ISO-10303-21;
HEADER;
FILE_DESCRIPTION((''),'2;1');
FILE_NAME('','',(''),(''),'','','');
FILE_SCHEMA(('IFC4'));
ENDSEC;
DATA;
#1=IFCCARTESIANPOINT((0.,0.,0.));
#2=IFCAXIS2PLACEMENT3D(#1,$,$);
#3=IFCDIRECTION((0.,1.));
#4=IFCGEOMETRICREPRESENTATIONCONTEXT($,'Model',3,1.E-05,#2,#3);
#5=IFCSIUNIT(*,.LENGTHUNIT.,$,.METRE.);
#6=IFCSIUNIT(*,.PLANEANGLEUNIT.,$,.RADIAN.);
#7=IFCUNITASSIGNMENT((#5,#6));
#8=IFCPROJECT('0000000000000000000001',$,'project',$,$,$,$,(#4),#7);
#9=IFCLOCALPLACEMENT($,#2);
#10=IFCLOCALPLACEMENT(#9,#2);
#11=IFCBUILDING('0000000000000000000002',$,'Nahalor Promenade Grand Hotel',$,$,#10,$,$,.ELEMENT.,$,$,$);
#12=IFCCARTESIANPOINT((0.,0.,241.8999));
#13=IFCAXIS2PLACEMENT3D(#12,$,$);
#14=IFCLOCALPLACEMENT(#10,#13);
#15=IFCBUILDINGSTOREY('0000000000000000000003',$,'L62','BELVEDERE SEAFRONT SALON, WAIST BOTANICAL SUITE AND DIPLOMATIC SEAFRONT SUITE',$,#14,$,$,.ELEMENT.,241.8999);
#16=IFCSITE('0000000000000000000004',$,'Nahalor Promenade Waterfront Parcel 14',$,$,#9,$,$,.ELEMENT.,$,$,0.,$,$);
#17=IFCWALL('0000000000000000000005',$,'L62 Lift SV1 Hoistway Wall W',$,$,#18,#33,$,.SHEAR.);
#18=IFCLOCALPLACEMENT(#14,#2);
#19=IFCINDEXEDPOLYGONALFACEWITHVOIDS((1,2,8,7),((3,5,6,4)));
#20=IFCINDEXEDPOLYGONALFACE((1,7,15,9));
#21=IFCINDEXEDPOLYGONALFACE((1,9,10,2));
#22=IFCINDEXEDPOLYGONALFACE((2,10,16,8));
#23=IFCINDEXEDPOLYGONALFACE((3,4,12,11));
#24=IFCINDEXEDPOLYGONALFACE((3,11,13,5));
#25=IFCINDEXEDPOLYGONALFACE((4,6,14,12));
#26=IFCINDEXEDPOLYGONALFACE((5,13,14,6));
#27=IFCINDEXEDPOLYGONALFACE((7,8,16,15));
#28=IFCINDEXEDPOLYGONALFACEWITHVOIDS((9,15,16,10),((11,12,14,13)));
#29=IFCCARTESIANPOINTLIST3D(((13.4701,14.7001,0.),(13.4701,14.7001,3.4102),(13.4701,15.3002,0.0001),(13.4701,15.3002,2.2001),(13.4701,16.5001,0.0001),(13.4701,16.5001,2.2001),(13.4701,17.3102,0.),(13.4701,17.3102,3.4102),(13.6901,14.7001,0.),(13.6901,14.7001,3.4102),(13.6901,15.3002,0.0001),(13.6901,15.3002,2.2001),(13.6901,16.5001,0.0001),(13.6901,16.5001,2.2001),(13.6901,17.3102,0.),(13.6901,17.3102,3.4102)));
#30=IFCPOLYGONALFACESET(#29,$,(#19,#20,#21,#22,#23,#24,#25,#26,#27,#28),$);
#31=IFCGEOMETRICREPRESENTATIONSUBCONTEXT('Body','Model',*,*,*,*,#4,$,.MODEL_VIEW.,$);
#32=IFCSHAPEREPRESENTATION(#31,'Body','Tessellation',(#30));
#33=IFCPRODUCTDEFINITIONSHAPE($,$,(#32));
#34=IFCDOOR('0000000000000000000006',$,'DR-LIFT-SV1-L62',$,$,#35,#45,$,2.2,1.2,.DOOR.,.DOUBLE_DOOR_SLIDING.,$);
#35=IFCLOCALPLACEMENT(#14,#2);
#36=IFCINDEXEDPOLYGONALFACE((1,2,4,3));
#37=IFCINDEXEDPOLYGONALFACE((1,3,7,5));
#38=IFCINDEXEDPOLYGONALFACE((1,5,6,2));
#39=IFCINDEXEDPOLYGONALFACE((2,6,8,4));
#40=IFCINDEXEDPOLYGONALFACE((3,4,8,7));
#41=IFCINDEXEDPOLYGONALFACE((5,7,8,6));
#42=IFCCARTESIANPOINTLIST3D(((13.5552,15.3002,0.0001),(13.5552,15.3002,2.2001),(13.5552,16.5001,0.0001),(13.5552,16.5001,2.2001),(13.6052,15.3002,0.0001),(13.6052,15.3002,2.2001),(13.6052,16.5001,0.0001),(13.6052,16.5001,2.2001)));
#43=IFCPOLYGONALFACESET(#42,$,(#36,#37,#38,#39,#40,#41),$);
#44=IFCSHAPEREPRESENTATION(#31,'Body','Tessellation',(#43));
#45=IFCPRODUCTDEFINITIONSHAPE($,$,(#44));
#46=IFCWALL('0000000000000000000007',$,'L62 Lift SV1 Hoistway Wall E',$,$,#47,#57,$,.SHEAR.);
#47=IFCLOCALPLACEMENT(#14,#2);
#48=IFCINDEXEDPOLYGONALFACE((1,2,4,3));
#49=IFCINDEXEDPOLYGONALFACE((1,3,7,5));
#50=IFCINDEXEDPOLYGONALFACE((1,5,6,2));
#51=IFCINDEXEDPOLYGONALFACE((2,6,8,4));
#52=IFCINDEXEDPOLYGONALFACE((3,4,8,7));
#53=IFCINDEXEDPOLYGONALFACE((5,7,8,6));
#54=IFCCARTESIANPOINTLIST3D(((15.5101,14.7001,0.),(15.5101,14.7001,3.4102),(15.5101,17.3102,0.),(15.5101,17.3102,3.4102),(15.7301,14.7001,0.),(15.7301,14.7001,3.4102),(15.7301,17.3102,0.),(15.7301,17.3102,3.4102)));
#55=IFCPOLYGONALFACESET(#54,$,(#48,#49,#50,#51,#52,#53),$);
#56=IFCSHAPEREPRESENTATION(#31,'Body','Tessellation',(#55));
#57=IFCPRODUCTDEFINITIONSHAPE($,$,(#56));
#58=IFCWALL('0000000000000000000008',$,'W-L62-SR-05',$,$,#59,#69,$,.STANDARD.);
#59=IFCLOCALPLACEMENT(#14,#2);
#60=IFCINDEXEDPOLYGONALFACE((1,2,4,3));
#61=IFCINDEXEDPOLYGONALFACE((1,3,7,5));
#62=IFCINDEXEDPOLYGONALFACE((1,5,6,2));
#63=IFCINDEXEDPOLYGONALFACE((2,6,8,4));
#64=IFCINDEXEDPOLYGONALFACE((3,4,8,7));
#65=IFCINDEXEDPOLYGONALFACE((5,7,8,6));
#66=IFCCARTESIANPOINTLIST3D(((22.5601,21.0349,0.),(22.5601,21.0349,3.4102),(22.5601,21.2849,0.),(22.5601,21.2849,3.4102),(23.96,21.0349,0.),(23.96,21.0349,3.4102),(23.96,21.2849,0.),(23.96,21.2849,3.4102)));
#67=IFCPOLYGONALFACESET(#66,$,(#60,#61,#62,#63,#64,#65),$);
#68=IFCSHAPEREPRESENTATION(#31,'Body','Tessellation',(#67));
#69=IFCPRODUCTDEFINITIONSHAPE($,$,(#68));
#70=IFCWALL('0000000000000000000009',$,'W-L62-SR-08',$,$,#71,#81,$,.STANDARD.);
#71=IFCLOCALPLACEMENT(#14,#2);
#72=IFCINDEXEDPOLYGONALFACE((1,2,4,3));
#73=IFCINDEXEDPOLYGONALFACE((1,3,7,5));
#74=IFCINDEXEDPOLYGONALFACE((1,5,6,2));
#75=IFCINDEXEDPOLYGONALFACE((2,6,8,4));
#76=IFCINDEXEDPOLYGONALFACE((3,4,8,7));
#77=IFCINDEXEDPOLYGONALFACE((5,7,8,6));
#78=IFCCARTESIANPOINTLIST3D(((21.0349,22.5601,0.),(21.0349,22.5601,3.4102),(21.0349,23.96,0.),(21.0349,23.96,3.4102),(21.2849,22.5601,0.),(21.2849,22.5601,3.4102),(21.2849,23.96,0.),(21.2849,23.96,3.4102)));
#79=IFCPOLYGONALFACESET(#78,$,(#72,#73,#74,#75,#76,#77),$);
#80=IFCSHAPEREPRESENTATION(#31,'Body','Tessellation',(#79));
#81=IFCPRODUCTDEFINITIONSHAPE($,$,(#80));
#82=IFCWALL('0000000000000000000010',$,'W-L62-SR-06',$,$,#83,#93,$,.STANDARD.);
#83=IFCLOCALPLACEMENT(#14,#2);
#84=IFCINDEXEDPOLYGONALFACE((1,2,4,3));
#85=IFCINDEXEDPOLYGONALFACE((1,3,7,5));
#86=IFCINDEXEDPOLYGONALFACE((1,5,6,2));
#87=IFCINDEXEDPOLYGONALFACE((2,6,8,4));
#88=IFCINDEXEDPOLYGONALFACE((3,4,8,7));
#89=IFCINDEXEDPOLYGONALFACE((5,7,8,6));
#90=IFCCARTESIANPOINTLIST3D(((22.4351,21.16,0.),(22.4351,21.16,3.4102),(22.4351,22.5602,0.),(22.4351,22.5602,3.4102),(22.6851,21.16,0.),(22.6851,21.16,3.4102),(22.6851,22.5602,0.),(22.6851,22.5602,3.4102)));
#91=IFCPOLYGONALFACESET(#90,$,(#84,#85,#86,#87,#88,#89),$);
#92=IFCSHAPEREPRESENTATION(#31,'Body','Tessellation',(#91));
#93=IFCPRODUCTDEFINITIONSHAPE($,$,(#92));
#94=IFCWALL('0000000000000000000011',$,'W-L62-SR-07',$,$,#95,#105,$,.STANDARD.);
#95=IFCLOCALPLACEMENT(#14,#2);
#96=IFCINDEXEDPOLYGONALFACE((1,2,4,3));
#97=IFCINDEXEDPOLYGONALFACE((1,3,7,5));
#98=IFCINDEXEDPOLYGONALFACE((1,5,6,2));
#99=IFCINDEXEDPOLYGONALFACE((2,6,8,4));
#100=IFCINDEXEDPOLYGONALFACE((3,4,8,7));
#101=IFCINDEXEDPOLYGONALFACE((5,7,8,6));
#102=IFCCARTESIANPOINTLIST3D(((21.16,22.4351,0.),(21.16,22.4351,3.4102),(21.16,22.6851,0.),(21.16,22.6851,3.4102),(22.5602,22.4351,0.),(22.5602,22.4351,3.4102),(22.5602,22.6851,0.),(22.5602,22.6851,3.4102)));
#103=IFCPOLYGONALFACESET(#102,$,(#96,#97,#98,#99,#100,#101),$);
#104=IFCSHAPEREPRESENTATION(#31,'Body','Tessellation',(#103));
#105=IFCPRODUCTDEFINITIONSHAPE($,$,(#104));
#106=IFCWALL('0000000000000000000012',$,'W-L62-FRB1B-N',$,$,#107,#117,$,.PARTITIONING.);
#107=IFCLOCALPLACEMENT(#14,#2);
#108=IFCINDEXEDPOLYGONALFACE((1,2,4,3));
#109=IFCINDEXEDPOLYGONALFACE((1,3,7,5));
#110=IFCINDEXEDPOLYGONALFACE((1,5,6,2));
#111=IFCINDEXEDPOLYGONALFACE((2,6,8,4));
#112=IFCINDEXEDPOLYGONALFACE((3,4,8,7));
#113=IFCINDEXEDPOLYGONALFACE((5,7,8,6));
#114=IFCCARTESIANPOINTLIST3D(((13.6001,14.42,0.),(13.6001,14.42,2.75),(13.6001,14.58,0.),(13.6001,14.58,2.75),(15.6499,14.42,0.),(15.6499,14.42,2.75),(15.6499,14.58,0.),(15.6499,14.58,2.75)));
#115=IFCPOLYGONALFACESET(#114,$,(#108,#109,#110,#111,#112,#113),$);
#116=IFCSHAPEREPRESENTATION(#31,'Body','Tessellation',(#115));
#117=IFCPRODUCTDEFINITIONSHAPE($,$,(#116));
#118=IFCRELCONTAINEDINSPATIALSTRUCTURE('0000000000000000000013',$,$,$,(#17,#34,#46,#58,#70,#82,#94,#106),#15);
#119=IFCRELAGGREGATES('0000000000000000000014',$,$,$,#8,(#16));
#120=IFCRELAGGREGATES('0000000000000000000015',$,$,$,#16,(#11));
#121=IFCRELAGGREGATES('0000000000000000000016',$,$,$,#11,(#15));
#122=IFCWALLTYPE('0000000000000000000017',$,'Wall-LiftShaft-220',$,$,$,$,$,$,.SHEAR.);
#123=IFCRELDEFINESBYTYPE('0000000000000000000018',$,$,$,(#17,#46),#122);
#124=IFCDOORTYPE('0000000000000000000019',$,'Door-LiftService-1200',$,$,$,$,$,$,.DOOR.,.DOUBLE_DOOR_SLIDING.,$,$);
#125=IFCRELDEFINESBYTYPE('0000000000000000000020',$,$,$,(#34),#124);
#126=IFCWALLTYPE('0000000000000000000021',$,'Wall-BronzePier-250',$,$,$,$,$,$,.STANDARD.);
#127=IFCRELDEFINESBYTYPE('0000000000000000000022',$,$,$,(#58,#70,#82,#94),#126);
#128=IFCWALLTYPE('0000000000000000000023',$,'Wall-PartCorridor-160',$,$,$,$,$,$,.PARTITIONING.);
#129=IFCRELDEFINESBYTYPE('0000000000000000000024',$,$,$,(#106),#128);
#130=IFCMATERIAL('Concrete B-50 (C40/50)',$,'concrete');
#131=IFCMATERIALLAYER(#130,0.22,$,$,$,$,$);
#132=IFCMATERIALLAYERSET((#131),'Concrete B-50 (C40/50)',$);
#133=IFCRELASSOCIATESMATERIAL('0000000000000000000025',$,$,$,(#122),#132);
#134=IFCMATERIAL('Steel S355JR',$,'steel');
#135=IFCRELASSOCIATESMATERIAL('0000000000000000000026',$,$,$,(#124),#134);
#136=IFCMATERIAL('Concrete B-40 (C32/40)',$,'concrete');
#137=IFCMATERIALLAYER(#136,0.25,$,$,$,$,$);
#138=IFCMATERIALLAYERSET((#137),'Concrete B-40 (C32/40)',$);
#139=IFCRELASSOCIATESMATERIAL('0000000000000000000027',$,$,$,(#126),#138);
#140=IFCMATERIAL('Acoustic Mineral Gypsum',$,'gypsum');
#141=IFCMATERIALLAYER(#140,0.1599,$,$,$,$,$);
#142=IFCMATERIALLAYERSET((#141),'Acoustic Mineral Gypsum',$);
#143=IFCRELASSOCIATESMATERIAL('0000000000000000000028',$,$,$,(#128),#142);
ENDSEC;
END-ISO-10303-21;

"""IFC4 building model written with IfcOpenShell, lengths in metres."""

from ifc_helpers import new_model, si_unit, direction, frame, frame_2d, origin, place, context, subcontext, project, spatial, rectangle, extrude, source, transform, mapped, material, layer, layer_set, type_object, element, fill, save


model = new_model("IFC4")

# Units and contexts
model_context = context("Model", 3, precision=1e-05, world=origin(), true_north=direction((0.0, 1.0)))
body_context = subcontext(model_context, "Body", "Model", "MODEL_VIEW")
ifc_project = project(units=[si_unit("LENGTHUNIT", "METRE"), si_unit("PLANEANGLEUNIT", "RADIAN")], contexts=[model_context])

# Site, building, storey
site_placement = place(None, origin())
site = spatial("IfcSite", under=ifc_project, at=site_placement, Name="Nahalor Promenade Waterfront Parcel 14", CompositionType="ELEMENT", RefElevation=0.0)
building_placement = place(site_placement, origin())
building = spatial("IfcBuilding", under=site, at=building_placement, Name="Nahalor Promenade Grand Hotel", CompositionType="ELEMENT")
storey_placement = place(building_placement, frame((0.0, 0.0, 241.8999)))
storey = spatial("IfcBuildingStorey", under=building, at=storey_placement, Name="L62", Description="BELVEDERE SEAFRONT SALON, WAIST BOTANICAL SUITE AND DIPLOMATIC SEAFRONT SUITE", CompositionType="ELEMENT", Elevation=241.8999)

# Shared definitions
ifc_material_1 = material(Name="Steel S355JR", Category="steel")

# Shared definitions
ifc_material_2 = material(Name="Concrete B-50 (C40/50)", Category="concrete")
ifc_layer_1 = layer(ifc_material_2, 0.22)
ifc_layer_set_1 = layer_set([ifc_layer_1], Name="Concrete B-50 (C40/50)")
wall_type_1 = type_object("IfcWallType", Name="Wall-LiftShaft-220", PredefinedType="SHEAR", material=ifc_layer_set_1)

# Wall, opening, door
shared_shape_1 = source(origin(), body_context, "Body", "SweptSolid", [
    extrude(rectangle(XDim=2.6101, YDim=0.22, at=frame_2d((1.3052, 0.0))), origin(), (0.0, 0.0, 1.0), 3.4102),
])
wall_1_placement = place(storey_placement, frame((13.5801, 14.7, 0.0), z_axis=(0.0, 0.0, 1.0), x_axis=(0.0, 1.0, 0.0)))
wall_1 = element("IfcWall", 1, at=wall_1_placement, inside=storey, type_object=wall_type_1, Name="L62 Lift SV1 Hoistway Wall W", PredefinedType="SHEAR", context=body_context, shape_type="MappedRepresentation", body=[
    mapped(shared_shape_1, transform((0.0, 0.0, 0.0), scale=1.0)),
])
opening_placement = place(wall_1_placement, frame((0.6001, 0.0, 0.0)))
opening = element("IfcOpeningElement", 2, at=opening_placement, cuts=wall_1, PredefinedType="OPENING", context=body_context, shape_type="SweptSolid", body=[
    extrude(rectangle(XDim=1.2, YDim=2.2, at=frame_2d((0.6001, 1.1001))), frame((0.0, 0.1199, 0.0), z_axis=(0.0, -1.0, 0.0), x_axis=(1.0, 0.0, 0.0)), (0.0, 0.0, 1.0), 0.24),
])
door_type = type_object("IfcDoorType", Name="Door-LiftService-1200", OperationType="DOUBLE_DOOR_SLIDING", PredefinedType="DOOR", material=ifc_material_1)
shared_shape_2 = source(origin(), body_context, "Body", "SweptSolid", [
    extrude(rectangle(XDim=1.2, YDim=2.2, at=frame_2d((0.6001, 1.1001))), frame((0.0, 0.0249, 0.0), z_axis=(0.0, -1.0, 0.0), x_axis=(1.0, 0.0, 0.0)), (0.0, 0.0, 1.0), 0.05),
])
door_placement = place(opening_placement, origin())
door = element("IfcDoor", 3, at=door_placement, inside=storey, type_object=door_type, Name="DR-LIFT-SV1-L62", OperationType="DOUBLE_DOOR_SLIDING", OverallHeight=2.2, OverallWidth=1.2, PredefinedType="DOOR", context=body_context, shape_type="MappedRepresentation", body=[
    mapped(shared_shape_2, transform((0.0, 0.0, 0.0), scale=1.0)),
])
fill(opening, door)

# Walls
wall_2_placement = place(storey_placement, frame((15.6201, 14.7, 0.0), z_axis=(0.0, 0.0, 1.0), x_axis=(0.0, 1.0, 0.0)))
element("IfcWall", 4, at=wall_2_placement, inside=storey, type_object=wall_type_1, Name="L62 Lift SV1 Hoistway Wall E", PredefinedType="SHEAR", context=body_context, shape_type="MappedRepresentation", body=[
    mapped(shared_shape_1, transform((0.0, 0.0, 0.0), scale=1.0)),
])
ifc_material_3 = material(Name="Concrete B-40 (C32/40)", Category="concrete")
ifc_layer_2 = layer(ifc_material_3, 0.25)
ifc_layer_set_2 = layer_set([ifc_layer_2], Name="Concrete B-40 (C32/40)")
wall_type_2 = type_object("IfcWallType", Name="Wall-BronzePier-250", PredefinedType="STANDARD", material=ifc_layer_set_2)
shared_shape_3 = source(origin(), body_context, "Body", "SweptSolid", [
    extrude(rectangle(XDim=1.3999, YDim=0.25, at=frame_2d((0.7, 0.0))), origin(), (0.0, 0.0, 1.0), 3.4102),
])
for number, where, z_axis, x_axis, name in (
    (5, (22.5601, 21.1599, 0.0), (0.0, 0.0, 1.0), (1.0, 0.0, 0.0), "W-L62-SR-05"),
    (6, (21.1599, 22.5601, 0.0), (0.0, 0.0, 1.0), (0.0, 1.0, 0.0), "W-L62-SR-08"),
):
    element("IfcWall", number, at=place(storey_placement, frame(where, z_axis=z_axis, x_axis=x_axis)), inside=storey, type_object=wall_type_2, Name=name, PredefinedType="STANDARD", context=body_context, shape_type="MappedRepresentation", body=[
        mapped(shared_shape_3, transform((0.0, 0.0, 0.0), scale=1.0)),
    ])
shared_shape_4 = source(origin(), body_context, "Body", "SweptSolid", [
    extrude(rectangle(XDim=1.4001, YDim=0.25, at=frame_2d((0.7002, 0.0))), origin(), (0.0, 0.0, 1.0), 3.4102),
])
for number, where, z_axis, x_axis, name in (
    (7, (22.5601, 21.1599, 0.0), (0.0, 0.0, 1.0), (0.0, 1.0, 0.0), "W-L62-SR-06"),
    (8, (21.1599, 22.5601, 0.0), (0.0, 0.0, 1.0), (1.0, 0.0, 0.0), "W-L62-SR-07"),
):
    element("IfcWall", number, at=place(storey_placement, frame(where, z_axis=z_axis, x_axis=x_axis)), inside=storey, type_object=wall_type_2, Name=name, PredefinedType="STANDARD", context=body_context, shape_type="MappedRepresentation", body=[
        mapped(shared_shape_4, transform((0.0, 0.0, 0.0), scale=1.0)),
    ])
ifc_material_4 = material(Name="Acoustic Mineral Gypsum", Category="gypsum")
ifc_layer_3 = layer(ifc_material_4, 0.1599)
ifc_layer_set_3 = layer_set([ifc_layer_3], Name="Acoustic Mineral Gypsum")
wall_type_3 = type_object("IfcWallType", Name="Wall-PartCorridor-160", PredefinedType="PARTITIONING", material=ifc_layer_set_3)
shared_shape_5 = source(origin(), body_context, "Body", "SweptSolid", [
    extrude(rectangle(XDim=2.0498, YDim=0.1599, at=frame_2d((1.0249, 0.0))), origin(), (0.0, 0.0, 1.0), 2.75),
])
wall_3_placement = place(storey_placement, frame((13.6001, 14.5, 0.0), z_axis=(0.0, 0.0, 1.0), x_axis=(1.0, 0.0, 0.0)))
element("IfcWall", 9, at=wall_3_placement, inside=storey, type_object=wall_type_3, Name="W-L62-FRB1B-N", PredefinedType="PARTITIONING", context=body_context, shape_type="MappedRepresentation", body=[
    mapped(shared_shape_5, transform((0.0, 0.0, 0.0), scale=1.0)),
])

save(model, "model.ifc")
